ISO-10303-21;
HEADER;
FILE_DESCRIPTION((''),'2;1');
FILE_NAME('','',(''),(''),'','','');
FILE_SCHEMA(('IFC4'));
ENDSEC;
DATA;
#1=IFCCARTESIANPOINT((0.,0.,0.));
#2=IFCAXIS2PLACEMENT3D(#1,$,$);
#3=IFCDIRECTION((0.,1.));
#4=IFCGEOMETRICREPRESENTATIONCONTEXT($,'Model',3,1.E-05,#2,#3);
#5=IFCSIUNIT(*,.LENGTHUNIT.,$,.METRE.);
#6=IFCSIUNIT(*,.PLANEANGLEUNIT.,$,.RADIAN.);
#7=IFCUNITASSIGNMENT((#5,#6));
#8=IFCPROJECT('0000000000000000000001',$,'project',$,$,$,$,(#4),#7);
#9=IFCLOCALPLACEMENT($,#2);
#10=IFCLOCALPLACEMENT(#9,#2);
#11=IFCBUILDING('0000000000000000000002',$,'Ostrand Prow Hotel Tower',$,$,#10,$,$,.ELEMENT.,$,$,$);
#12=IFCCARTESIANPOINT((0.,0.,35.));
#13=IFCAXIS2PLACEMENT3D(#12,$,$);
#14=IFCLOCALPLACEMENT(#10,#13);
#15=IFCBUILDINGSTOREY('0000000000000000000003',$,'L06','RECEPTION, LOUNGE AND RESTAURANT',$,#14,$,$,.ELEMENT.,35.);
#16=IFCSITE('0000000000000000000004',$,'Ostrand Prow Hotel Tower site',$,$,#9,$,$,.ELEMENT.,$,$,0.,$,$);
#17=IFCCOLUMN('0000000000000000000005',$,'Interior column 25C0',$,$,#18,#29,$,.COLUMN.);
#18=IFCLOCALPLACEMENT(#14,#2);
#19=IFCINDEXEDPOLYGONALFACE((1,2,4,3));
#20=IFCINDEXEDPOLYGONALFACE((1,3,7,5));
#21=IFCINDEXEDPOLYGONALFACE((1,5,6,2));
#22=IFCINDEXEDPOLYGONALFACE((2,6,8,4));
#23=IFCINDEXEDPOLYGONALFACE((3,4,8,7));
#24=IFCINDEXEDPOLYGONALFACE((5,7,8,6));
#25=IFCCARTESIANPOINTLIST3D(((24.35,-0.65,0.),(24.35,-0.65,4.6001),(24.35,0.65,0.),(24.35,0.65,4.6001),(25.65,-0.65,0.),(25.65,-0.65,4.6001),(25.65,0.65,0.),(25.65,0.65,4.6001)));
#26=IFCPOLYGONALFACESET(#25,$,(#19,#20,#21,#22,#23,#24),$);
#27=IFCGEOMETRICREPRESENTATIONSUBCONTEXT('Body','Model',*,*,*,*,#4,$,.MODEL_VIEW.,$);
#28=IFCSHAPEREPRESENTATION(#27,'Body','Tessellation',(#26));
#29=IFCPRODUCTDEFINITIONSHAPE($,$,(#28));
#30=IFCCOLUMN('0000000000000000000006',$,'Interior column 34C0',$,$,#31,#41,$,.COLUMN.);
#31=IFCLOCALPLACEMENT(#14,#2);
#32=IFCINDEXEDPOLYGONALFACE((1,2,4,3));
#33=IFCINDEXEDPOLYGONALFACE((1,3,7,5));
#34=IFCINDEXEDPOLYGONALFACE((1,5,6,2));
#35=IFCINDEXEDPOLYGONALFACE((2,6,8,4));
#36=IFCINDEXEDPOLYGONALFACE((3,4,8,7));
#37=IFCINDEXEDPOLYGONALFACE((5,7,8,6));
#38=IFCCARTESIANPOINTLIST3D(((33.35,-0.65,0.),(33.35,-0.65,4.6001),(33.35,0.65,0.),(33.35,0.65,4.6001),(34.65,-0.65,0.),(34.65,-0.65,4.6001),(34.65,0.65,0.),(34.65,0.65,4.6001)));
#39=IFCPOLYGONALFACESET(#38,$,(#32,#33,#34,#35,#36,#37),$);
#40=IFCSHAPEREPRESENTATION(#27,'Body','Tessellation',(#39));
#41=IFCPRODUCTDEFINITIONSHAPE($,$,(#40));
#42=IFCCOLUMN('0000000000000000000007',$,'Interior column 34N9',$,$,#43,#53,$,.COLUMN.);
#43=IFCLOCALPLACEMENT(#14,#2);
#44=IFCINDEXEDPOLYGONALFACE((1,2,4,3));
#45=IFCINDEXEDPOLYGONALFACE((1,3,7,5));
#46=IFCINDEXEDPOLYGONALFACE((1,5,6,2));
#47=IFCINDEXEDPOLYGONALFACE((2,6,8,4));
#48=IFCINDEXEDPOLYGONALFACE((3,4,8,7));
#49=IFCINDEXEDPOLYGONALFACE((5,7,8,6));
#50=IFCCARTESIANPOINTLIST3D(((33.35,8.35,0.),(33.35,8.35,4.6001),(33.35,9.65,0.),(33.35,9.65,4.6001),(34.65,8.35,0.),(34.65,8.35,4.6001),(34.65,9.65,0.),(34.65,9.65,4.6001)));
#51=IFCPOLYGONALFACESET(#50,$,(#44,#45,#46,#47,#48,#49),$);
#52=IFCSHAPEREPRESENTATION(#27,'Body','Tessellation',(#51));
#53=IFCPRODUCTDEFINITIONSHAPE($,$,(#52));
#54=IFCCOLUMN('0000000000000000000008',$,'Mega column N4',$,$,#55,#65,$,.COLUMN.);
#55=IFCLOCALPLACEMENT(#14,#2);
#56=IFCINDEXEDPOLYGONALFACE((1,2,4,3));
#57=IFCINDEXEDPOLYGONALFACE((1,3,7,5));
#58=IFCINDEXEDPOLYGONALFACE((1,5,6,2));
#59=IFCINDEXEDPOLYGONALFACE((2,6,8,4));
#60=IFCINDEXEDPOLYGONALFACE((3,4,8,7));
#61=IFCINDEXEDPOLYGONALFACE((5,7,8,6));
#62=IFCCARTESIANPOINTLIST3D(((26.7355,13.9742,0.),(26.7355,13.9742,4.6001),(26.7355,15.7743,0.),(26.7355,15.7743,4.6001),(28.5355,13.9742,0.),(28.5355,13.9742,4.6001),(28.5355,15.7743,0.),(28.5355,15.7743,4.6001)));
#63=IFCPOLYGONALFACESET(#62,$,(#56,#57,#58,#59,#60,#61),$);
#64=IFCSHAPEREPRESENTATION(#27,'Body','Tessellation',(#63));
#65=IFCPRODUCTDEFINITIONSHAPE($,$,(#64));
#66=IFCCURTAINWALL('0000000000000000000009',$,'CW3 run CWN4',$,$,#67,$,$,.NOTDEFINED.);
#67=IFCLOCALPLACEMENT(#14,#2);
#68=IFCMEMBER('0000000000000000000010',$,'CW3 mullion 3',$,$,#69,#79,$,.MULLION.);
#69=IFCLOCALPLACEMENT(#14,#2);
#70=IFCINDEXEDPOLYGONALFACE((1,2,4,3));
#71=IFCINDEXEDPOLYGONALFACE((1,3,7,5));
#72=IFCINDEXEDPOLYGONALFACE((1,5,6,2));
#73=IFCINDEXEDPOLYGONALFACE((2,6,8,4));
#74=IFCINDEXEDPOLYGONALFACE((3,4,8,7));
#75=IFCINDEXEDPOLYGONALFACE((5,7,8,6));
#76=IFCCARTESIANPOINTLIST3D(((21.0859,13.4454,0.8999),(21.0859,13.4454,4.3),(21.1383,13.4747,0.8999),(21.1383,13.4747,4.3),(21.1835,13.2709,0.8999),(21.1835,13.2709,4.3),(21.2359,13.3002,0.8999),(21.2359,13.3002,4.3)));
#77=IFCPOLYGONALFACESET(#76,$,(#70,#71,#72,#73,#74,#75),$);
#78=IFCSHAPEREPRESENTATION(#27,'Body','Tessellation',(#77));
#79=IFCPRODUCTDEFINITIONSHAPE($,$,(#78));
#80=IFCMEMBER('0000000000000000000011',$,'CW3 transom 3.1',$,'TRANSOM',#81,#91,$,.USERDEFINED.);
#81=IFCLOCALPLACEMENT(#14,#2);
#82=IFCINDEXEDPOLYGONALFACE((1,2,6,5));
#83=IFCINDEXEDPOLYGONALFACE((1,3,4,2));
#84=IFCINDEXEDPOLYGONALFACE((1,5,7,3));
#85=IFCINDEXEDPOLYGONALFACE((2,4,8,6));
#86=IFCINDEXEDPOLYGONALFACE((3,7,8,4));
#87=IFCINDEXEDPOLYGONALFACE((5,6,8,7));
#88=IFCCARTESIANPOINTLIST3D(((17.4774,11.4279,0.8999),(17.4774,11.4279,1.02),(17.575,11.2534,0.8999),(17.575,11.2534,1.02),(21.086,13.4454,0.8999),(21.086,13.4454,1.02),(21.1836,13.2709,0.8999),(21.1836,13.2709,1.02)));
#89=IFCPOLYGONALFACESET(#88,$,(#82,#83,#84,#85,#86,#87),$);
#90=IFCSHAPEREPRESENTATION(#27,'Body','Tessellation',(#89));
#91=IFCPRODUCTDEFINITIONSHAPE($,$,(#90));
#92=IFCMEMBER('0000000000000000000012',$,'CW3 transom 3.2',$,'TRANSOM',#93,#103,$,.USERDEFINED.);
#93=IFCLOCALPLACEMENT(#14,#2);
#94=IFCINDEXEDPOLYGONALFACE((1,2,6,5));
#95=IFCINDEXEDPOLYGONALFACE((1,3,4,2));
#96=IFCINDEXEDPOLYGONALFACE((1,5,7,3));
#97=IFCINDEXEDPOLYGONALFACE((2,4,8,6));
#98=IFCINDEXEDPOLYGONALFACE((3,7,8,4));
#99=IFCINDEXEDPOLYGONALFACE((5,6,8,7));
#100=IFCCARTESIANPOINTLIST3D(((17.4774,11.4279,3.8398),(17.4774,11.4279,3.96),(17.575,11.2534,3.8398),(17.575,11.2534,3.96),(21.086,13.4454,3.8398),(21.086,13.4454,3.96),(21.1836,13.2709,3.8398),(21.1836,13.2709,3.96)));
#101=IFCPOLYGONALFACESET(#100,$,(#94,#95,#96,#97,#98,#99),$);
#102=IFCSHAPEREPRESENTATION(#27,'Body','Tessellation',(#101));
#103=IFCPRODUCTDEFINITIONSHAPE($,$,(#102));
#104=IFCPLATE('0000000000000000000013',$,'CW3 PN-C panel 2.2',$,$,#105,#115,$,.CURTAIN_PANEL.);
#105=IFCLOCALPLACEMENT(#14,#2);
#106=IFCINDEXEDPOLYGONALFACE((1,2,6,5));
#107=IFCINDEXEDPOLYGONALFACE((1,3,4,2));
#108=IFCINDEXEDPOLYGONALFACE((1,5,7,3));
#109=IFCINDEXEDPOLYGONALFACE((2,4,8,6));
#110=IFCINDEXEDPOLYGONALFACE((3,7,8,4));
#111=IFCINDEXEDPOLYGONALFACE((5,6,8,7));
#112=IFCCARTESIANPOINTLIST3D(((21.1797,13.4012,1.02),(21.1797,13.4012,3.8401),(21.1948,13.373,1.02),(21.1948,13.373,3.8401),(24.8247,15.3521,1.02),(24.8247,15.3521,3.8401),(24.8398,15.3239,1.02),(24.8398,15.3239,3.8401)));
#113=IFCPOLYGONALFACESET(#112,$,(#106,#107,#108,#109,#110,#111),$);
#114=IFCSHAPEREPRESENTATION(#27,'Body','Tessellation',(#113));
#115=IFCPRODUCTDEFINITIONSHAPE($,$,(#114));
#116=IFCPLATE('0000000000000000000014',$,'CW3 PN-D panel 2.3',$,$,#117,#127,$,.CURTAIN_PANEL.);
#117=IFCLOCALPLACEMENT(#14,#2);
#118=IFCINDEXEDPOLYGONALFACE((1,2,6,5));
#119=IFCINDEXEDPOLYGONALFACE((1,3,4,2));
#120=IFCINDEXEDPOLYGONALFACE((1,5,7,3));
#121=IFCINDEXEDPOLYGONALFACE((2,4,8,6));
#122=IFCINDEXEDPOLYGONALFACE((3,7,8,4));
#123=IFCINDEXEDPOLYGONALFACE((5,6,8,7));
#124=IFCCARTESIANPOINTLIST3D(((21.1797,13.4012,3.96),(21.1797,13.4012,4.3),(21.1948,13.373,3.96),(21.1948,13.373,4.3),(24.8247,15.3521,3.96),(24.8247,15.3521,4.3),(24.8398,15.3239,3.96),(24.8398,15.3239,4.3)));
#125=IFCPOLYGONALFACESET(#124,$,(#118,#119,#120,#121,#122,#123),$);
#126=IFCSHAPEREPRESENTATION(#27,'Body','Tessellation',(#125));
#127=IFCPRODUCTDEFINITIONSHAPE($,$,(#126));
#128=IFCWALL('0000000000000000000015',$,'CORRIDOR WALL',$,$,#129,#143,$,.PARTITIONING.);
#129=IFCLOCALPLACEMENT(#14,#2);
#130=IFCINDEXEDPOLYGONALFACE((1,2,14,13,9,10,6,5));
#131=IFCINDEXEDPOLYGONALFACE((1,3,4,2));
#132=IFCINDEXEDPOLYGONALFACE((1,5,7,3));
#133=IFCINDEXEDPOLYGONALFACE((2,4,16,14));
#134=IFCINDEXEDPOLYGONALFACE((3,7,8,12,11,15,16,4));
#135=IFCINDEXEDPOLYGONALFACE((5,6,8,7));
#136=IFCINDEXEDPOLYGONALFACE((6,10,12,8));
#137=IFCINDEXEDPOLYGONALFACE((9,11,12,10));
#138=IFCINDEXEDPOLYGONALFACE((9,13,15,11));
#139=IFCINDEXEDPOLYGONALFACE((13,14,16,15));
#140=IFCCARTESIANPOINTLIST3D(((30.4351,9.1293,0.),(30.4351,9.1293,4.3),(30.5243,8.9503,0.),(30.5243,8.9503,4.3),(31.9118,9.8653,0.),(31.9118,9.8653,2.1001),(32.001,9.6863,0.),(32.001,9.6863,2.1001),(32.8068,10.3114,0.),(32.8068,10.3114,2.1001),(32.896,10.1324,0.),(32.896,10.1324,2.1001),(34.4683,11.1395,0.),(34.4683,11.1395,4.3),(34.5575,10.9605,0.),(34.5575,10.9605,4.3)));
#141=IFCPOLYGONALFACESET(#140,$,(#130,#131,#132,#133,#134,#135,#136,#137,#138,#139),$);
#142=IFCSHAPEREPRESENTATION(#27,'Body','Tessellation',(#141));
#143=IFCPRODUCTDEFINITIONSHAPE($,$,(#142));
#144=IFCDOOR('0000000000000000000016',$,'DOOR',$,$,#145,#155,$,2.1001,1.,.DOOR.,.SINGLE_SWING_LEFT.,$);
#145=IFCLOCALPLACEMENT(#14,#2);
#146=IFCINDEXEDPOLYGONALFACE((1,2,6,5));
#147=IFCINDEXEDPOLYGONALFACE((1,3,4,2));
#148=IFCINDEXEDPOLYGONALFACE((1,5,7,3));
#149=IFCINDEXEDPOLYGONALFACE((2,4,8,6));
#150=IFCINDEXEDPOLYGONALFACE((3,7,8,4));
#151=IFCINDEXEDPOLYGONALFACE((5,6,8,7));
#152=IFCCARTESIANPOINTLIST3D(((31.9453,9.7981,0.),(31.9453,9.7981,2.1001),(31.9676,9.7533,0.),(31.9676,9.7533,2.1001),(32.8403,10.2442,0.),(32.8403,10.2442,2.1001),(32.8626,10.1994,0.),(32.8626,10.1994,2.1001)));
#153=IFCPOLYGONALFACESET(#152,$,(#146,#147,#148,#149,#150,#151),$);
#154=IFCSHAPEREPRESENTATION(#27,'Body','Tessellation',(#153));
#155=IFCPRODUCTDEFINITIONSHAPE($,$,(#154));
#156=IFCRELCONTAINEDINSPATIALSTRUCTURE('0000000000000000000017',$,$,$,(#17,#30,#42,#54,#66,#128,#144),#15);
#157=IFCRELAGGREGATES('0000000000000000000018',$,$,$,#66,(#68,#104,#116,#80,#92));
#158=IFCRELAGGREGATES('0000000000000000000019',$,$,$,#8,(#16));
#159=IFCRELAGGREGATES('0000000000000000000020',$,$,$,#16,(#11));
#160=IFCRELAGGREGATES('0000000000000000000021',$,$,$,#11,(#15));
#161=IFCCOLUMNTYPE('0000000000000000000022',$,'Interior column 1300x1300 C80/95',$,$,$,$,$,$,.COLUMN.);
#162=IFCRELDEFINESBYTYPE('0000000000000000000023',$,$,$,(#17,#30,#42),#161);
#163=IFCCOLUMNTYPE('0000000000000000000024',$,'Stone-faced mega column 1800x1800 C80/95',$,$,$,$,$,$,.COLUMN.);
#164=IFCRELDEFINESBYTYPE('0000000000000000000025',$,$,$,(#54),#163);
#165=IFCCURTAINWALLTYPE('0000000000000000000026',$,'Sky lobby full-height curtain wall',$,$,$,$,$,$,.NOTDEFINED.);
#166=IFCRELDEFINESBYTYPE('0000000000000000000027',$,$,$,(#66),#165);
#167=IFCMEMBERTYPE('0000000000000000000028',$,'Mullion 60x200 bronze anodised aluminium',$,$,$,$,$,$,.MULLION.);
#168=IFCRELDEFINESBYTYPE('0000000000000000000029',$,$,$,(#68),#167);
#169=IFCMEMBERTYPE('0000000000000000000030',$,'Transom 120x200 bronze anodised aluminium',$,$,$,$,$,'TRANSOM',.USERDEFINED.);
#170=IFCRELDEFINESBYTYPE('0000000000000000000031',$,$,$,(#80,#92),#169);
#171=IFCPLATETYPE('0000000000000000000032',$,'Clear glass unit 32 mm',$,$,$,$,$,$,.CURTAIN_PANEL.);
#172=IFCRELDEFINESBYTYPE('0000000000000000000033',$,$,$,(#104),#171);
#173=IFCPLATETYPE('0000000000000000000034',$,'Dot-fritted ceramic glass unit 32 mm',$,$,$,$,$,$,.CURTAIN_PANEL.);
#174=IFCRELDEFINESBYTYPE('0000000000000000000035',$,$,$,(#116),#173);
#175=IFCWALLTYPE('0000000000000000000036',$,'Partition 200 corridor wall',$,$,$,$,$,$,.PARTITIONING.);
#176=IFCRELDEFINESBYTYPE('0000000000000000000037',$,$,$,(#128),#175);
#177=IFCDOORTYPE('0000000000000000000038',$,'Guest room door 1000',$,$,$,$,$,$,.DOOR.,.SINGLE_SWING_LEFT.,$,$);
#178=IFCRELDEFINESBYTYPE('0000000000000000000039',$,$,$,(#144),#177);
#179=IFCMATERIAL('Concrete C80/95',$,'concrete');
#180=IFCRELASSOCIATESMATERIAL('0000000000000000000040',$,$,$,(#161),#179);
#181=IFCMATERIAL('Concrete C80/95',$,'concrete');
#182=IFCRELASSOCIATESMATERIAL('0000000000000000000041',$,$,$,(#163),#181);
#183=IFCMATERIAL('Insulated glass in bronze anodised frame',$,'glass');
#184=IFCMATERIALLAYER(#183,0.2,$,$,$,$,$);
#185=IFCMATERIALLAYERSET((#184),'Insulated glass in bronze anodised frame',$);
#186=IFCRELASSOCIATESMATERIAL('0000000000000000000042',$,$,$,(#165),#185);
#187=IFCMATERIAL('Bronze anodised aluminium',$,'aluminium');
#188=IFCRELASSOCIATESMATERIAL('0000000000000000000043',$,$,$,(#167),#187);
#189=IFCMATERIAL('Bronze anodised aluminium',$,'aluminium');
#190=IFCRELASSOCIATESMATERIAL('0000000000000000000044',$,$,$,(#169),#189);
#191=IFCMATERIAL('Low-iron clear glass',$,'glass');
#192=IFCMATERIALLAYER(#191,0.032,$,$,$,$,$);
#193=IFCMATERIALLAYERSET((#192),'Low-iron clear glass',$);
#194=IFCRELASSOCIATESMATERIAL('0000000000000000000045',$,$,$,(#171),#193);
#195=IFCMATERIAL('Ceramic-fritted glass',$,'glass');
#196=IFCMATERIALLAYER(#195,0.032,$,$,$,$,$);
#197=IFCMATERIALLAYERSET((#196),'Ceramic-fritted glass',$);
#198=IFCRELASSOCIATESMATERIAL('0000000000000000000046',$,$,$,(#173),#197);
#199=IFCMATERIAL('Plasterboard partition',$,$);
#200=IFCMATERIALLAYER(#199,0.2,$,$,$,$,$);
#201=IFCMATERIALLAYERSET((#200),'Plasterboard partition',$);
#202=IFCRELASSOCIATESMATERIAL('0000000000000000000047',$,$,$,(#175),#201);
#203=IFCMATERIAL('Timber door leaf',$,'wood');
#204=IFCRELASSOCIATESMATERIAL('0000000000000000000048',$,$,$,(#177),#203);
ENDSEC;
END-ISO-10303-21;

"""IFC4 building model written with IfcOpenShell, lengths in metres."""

from ifc_helpers import new_model, si_unit, direction, frame, frame_2d, origin, origin_2d, place, context, subcontext, project, spatial, rectangle, extrude, material, layer, layer_set, material_profile, profile_set, type_object, element, fill, aggregate, save


model = new_model("IFC4")

# Units and contexts
model_context = context("Model", 3, precision=1e-05, world=origin(), true_north=direction((0.0, 1.0)))
body_context = subcontext(model_context, "Body", "Model", "MODEL_VIEW")
ifc_project = project(units=[si_unit("LENGTHUNIT", "METRE"), si_unit("PLANEANGLEUNIT", "RADIAN")], contexts=[model_context])

# Site, building, storey
site_placement = place(None, origin())
site = spatial("IfcSite", under=ifc_project, at=site_placement, Name="Ostrand Prow Hotel Tower site", CompositionType="ELEMENT", RefElevation=0.0)
building_placement = place(site_placement, origin())
building = spatial("IfcBuilding", under=site, at=building_placement, Name="Ostrand Prow Hotel Tower", CompositionType="ELEMENT")
storey_placement = place(building_placement, frame((0.0, 0.0, 35.0)))
storey = spatial("IfcBuildingStorey", under=building, at=storey_placement, Name="L06", Description="RECEPTION, LOUNGE AND RESTAURANT", CompositionType="ELEMENT", Elevation=35.0)

# Columns
ifc_material_1 = material(Name="Concrete C80/95", Category="concrete")
ifc_material_profile_1 = material_profile(ifc_material_1, rectangle(XDim=1.3, YDim=1.3, at=origin_2d()), Name="RC 1300x1300")
ifc_profile_set_1 = profile_set([ifc_material_profile_1], Name="Concrete C80/95")
column_type_1 = type_object("IfcColumnType", Name="Interior column 1300x1300 C80/95", PredefinedType="COLUMN", material=ifc_profile_set_1)
for number, where, z_axis, x_axis, name in (
    (1, (25.0, 0.0, 0.0), (0.0, 0.0, 1.0), (1.0, 0.0, 0.0), "Interior column 25C0"),
    (2, (34.0, 0.0, 0.0), (0.0, 0.0, 1.0), (1.0, 0.0, 0.0), "Interior column 34C0"),
    (3, (34.0, 9.0, 0.0), (0.0, 0.0, 1.0), (1.0, 0.0, 0.0), "Interior column 34N9"),
):
    element("IfcColumn", number, at=place(storey_placement, frame(where, z_axis=z_axis, x_axis=x_axis)), inside=storey, type_object=column_type_1, Name=name, PredefinedType="COLUMN", context=body_context, shape_type="SweptSolid", body=[
        extrude(rectangle(XDim=1.3, YDim=1.3, at=origin_2d()), origin(), (0.0, 0.0, 1.0), 4.6001),
    ])
ifc_material_2 = material(Name="Concrete C80/95", Category="concrete")
ifc_material_profile_2 = material_profile(ifc_material_2, rectangle(XDim=1.8, YDim=1.8, at=origin_2d()), Name="RC 1800x1800")
ifc_profile_set_2 = profile_set([ifc_material_profile_2], Name="Concrete C80/95")
column_type_2 = type_object("IfcColumnType", Name="Stone-faced mega column 1800x1800 C80/95", PredefinedType="COLUMN", material=ifc_profile_set_2)
column_placement = place(storey_placement, frame((27.6355, 14.8743, 0.0), z_axis=(0.0, 0.0, 1.0), x_axis=(1.0, 0.0, 0.0)))
element("IfcColumn", 4, at=column_placement, inside=storey, type_object=column_type_2, Name="Mega column N4", PredefinedType="COLUMN", context=body_context, shape_type="SweptSolid", body=[
    extrude(rectangle(XDim=1.8, YDim=1.8, at=origin_2d()), origin(), (0.0, 0.0, 1.0), 4.6001),
])

# Curtain wall, members, plates
ifc_material_3 = material(Name="Insulated glass in bronze anodised frame", Category="glass")
ifc_layer_1 = layer(ifc_material_3, 0.2)
ifc_layer_set_1 = layer_set([ifc_layer_1], Name="Insulated glass in bronze anodised frame")
curtain_wall_type = type_object("IfcCurtainWallType", Name="Sky lobby full-height curtain wall", PredefinedType="NOTDEFINED", material=ifc_layer_set_1)
curtain_wall_placement = place(storey_placement, origin())
curtain_wall = element("IfcCurtainWall", 5, at=curtain_wall_placement, inside=storey, type_object=curtain_wall_type, Name="CW3 run CWN4", PredefinedType="NOTDEFINED")
ifc_material_4 = material(Name="Bronze anodised aluminium", Category="aluminium")
ifc_material_profile_3 = material_profile(ifc_material_4, rectangle(XDim=0.2, YDim=0.0601, at=origin_2d()), Name="Mullion 60x200 bronze anodised aluminium")
ifc_profile_set_3 = profile_set([ifc_material_profile_3], Name="Bronze anodised aluminium")
member_type_1 = type_object("IfcMemberType", Name="Mullion 60x200 bronze anodised aluminium", PredefinedType="MULLION", material=ifc_profile_set_3)
member_1_placement = place(storey_placement, frame((21.1609, 13.3728, 0.8999), z_axis=(0.0, 0.0, 1.0), x_axis=(0.488044, -0.872819, 0.0)))
member_1 = element("IfcMember", 6, at=member_1_placement, type_object=member_type_1, Name="CW3 mullion 3", PredefinedType="MULLION", context=body_context, shape_type="SweptSolid", body=[
    extrude(rectangle(XDim=0.2, YDim=0.0601, at=origin_2d()), origin(), (0.0, 0.0, 1.0), 3.4001),
])
ifc_material_5 = material(Name="Bronze anodised aluminium", Category="aluminium")
ifc_material_profile_4 = material_profile(ifc_material_5, rectangle(XDim=0.2, YDim=0.1201, at=origin_2d()), Name="Transom 120x200 bronze anodised aluminium")
ifc_profile_set_4 = profile_set([ifc_material_profile_4], Name="Bronze anodised aluminium")
member_type_2 = type_object("IfcMemberType", Name="Transom 120x200 bronze anodised aluminium", ElementType="TRANSOM", PredefinedType="USERDEFINED", material=ifc_profile_set_4)
member_2_placement = place(storey_placement, frame((21.1348, 13.3582, 0.96), z_axis=(-0.872842, -0.488003, 0.0), x_axis=(0.488003, -0.872842, 0.0)))
member_2 = element("IfcMember", 7, at=member_2_placement, type_object=member_type_2, Name="CW3 transom 3.1", ObjectType="TRANSOM", PredefinedType="USERDEFINED", context=body_context, shape_type="SweptSolid", body=[
    extrude(rectangle(XDim=0.2, YDim=0.1201, at=origin_2d()), origin(), (0.0, 0.0, 1.0), 4.1343),
])
member_3_placement = place(storey_placement, frame((21.1348, 13.3582, 3.8999), z_axis=(-0.872842, -0.488003, 0.0), x_axis=(0.488003, -0.872842, 0.0)))
member_3 = element("IfcMember", 8, at=member_3_placement, type_object=member_type_2, Name="CW3 transom 3.2", ObjectType="TRANSOM", PredefinedType="USERDEFINED", context=body_context, shape_type="SweptSolid", body=[
    extrude(rectangle(XDim=0.2, YDim=0.1201, at=origin_2d()), origin(), (0.0, 0.0, 1.0), 4.1343),
])
ifc_material_6 = material(Name="Low-iron clear glass", Category="glass")
ifc_layer_2 = layer(ifc_material_6, 0.032)
ifc_layer_set_2 = layer_set([ifc_layer_2], Name="Low-iron clear glass")
plate_type_1 = type_object("IfcPlateType", Name="Clear glass unit 32 mm", PredefinedType="CURTAIN_PANEL", material=ifc_layer_set_2)
plate_1_placement = place(storey_placement, frame((23.0098, 14.3625, 1.02), z_axis=(0.0, 0.0, 1.0), x_axis=(-0.881652, -0.4719, 0.0)))
plate_1 = element("IfcPlate", 9, at=plate_1_placement, type_object=plate_type_1, Name="CW3 PN-C panel 2.2", PredefinedType="CURTAIN_PANEL", context=body_context, shape_type="SweptSolid", body=[
    extrude(rectangle(XDim=4.1343, YDim=0.032, at=origin_2d()), origin(), (0.0, 0.0, 1.0), 2.8201),
])
ifc_material_7 = material(Name="Ceramic-fritted glass", Category="glass")
ifc_layer_3 = layer(ifc_material_7, 0.032)
ifc_layer_set_3 = layer_set([ifc_layer_3], Name="Ceramic-fritted glass")
plate_type_2 = type_object("IfcPlateType", Name="Dot-fritted ceramic glass unit 32 mm", PredefinedType="CURTAIN_PANEL", material=ifc_layer_set_3)
plate_2_placement = place(storey_placement, frame((23.0098, 14.3625, 3.96), z_axis=(0.0, 0.0, 1.0), x_axis=(-0.881652, -0.4719, 0.0)))
plate_2 = element("IfcPlate", 10, at=plate_2_placement, type_object=plate_type_2, Name="CW3 PN-D panel 2.3", PredefinedType="CURTAIN_PANEL", context=body_context, shape_type="SweptSolid", body=[
    extrude(rectangle(XDim=4.1343, YDim=0.032, at=origin_2d()), origin(), (0.0, 0.0, 1.0), 0.3401),
])
aggregate(curtain_wall, [member_1, plate_1, plate_2, member_2, member_3])

# Wall, opening, door
ifc_material_8 = material(Name="Plasterboard partition")
ifc_layer_4 = layer(ifc_material_8, 0.2)
ifc_layer_set_4 = layer_set([ifc_layer_4], Name="Plasterboard partition")
wall_type_1 = type_object("IfcWallType", Name="Partition 200 corridor wall", PredefinedType="PARTITIONING", material=ifc_layer_set_4)
wall_1_placement = place(storey_placement, frame((30.4797, 9.0398, 0.0), z_axis=(0.0, 0.0, 1.0), x_axis=(0.89499, 0.446086, 0.0)))
wall_1 = element("IfcWall", 11, at=wall_1_placement, inside=storey, type_object=wall_type_1, Name="CORRIDOR WALL", PredefinedType="PARTITIONING", context=body_context, shape_type="SweptSolid", body=[
    extrude(rectangle(XDim=4.5063, YDim=0.2, at=frame_2d((2.2532, 0.0))), origin(), (0.0, 0.0, 1.0), 4.3),
])
opening_1_placement = place(wall_1_placement, frame((1.6499, 0.0, 0.0)))
opening_1 = element("IfcOpeningElement", 12, at=opening_1_placement, cuts=wall_1, PredefinedType="OPENING", context=body_context, shape_type="SweptSolid", body=[
    extrude(rectangle(XDim=1.0, YDim=2.1001, at=frame_2d((0.5, 1.05))), frame((0.0, 0.1099, 0.0), z_axis=(0.0, -1.0, 0.0), x_axis=(1.0, 0.0, 0.0)), (0.0, 0.0, 1.0), 0.22),
])
ifc_material_9 = material(Name="Timber door leaf", Category="wood")
door_type_1 = type_object("IfcDoorType", Name="Guest room door 1000", OperationType="SINGLE_SWING_LEFT", PredefinedType="DOOR", material=ifc_material_9)
door_1_placement = place(opening_1_placement, origin())
door_1 = element("IfcDoor", 13, at=door_1_placement, inside=storey, type_object=door_type_1, Name="DOOR", OperationType="SINGLE_SWING_LEFT", OverallHeight=2.1001, OverallWidth=1.0, PredefinedType="DOOR", context=body_context, shape_type="SweptSolid", body=[
    extrude(rectangle(XDim=1.0, YDim=2.1001, at=frame_2d((0.5, 1.05))), frame((0.0, 0.0249, 0.0), z_axis=(0.0, -1.0, 0.0), x_axis=(1.0, 0.0, 0.0)), (0.0, 0.0, 1.0), 0.05),
])
fill(opening_1, door_1)

save(model, "model.ifc")
